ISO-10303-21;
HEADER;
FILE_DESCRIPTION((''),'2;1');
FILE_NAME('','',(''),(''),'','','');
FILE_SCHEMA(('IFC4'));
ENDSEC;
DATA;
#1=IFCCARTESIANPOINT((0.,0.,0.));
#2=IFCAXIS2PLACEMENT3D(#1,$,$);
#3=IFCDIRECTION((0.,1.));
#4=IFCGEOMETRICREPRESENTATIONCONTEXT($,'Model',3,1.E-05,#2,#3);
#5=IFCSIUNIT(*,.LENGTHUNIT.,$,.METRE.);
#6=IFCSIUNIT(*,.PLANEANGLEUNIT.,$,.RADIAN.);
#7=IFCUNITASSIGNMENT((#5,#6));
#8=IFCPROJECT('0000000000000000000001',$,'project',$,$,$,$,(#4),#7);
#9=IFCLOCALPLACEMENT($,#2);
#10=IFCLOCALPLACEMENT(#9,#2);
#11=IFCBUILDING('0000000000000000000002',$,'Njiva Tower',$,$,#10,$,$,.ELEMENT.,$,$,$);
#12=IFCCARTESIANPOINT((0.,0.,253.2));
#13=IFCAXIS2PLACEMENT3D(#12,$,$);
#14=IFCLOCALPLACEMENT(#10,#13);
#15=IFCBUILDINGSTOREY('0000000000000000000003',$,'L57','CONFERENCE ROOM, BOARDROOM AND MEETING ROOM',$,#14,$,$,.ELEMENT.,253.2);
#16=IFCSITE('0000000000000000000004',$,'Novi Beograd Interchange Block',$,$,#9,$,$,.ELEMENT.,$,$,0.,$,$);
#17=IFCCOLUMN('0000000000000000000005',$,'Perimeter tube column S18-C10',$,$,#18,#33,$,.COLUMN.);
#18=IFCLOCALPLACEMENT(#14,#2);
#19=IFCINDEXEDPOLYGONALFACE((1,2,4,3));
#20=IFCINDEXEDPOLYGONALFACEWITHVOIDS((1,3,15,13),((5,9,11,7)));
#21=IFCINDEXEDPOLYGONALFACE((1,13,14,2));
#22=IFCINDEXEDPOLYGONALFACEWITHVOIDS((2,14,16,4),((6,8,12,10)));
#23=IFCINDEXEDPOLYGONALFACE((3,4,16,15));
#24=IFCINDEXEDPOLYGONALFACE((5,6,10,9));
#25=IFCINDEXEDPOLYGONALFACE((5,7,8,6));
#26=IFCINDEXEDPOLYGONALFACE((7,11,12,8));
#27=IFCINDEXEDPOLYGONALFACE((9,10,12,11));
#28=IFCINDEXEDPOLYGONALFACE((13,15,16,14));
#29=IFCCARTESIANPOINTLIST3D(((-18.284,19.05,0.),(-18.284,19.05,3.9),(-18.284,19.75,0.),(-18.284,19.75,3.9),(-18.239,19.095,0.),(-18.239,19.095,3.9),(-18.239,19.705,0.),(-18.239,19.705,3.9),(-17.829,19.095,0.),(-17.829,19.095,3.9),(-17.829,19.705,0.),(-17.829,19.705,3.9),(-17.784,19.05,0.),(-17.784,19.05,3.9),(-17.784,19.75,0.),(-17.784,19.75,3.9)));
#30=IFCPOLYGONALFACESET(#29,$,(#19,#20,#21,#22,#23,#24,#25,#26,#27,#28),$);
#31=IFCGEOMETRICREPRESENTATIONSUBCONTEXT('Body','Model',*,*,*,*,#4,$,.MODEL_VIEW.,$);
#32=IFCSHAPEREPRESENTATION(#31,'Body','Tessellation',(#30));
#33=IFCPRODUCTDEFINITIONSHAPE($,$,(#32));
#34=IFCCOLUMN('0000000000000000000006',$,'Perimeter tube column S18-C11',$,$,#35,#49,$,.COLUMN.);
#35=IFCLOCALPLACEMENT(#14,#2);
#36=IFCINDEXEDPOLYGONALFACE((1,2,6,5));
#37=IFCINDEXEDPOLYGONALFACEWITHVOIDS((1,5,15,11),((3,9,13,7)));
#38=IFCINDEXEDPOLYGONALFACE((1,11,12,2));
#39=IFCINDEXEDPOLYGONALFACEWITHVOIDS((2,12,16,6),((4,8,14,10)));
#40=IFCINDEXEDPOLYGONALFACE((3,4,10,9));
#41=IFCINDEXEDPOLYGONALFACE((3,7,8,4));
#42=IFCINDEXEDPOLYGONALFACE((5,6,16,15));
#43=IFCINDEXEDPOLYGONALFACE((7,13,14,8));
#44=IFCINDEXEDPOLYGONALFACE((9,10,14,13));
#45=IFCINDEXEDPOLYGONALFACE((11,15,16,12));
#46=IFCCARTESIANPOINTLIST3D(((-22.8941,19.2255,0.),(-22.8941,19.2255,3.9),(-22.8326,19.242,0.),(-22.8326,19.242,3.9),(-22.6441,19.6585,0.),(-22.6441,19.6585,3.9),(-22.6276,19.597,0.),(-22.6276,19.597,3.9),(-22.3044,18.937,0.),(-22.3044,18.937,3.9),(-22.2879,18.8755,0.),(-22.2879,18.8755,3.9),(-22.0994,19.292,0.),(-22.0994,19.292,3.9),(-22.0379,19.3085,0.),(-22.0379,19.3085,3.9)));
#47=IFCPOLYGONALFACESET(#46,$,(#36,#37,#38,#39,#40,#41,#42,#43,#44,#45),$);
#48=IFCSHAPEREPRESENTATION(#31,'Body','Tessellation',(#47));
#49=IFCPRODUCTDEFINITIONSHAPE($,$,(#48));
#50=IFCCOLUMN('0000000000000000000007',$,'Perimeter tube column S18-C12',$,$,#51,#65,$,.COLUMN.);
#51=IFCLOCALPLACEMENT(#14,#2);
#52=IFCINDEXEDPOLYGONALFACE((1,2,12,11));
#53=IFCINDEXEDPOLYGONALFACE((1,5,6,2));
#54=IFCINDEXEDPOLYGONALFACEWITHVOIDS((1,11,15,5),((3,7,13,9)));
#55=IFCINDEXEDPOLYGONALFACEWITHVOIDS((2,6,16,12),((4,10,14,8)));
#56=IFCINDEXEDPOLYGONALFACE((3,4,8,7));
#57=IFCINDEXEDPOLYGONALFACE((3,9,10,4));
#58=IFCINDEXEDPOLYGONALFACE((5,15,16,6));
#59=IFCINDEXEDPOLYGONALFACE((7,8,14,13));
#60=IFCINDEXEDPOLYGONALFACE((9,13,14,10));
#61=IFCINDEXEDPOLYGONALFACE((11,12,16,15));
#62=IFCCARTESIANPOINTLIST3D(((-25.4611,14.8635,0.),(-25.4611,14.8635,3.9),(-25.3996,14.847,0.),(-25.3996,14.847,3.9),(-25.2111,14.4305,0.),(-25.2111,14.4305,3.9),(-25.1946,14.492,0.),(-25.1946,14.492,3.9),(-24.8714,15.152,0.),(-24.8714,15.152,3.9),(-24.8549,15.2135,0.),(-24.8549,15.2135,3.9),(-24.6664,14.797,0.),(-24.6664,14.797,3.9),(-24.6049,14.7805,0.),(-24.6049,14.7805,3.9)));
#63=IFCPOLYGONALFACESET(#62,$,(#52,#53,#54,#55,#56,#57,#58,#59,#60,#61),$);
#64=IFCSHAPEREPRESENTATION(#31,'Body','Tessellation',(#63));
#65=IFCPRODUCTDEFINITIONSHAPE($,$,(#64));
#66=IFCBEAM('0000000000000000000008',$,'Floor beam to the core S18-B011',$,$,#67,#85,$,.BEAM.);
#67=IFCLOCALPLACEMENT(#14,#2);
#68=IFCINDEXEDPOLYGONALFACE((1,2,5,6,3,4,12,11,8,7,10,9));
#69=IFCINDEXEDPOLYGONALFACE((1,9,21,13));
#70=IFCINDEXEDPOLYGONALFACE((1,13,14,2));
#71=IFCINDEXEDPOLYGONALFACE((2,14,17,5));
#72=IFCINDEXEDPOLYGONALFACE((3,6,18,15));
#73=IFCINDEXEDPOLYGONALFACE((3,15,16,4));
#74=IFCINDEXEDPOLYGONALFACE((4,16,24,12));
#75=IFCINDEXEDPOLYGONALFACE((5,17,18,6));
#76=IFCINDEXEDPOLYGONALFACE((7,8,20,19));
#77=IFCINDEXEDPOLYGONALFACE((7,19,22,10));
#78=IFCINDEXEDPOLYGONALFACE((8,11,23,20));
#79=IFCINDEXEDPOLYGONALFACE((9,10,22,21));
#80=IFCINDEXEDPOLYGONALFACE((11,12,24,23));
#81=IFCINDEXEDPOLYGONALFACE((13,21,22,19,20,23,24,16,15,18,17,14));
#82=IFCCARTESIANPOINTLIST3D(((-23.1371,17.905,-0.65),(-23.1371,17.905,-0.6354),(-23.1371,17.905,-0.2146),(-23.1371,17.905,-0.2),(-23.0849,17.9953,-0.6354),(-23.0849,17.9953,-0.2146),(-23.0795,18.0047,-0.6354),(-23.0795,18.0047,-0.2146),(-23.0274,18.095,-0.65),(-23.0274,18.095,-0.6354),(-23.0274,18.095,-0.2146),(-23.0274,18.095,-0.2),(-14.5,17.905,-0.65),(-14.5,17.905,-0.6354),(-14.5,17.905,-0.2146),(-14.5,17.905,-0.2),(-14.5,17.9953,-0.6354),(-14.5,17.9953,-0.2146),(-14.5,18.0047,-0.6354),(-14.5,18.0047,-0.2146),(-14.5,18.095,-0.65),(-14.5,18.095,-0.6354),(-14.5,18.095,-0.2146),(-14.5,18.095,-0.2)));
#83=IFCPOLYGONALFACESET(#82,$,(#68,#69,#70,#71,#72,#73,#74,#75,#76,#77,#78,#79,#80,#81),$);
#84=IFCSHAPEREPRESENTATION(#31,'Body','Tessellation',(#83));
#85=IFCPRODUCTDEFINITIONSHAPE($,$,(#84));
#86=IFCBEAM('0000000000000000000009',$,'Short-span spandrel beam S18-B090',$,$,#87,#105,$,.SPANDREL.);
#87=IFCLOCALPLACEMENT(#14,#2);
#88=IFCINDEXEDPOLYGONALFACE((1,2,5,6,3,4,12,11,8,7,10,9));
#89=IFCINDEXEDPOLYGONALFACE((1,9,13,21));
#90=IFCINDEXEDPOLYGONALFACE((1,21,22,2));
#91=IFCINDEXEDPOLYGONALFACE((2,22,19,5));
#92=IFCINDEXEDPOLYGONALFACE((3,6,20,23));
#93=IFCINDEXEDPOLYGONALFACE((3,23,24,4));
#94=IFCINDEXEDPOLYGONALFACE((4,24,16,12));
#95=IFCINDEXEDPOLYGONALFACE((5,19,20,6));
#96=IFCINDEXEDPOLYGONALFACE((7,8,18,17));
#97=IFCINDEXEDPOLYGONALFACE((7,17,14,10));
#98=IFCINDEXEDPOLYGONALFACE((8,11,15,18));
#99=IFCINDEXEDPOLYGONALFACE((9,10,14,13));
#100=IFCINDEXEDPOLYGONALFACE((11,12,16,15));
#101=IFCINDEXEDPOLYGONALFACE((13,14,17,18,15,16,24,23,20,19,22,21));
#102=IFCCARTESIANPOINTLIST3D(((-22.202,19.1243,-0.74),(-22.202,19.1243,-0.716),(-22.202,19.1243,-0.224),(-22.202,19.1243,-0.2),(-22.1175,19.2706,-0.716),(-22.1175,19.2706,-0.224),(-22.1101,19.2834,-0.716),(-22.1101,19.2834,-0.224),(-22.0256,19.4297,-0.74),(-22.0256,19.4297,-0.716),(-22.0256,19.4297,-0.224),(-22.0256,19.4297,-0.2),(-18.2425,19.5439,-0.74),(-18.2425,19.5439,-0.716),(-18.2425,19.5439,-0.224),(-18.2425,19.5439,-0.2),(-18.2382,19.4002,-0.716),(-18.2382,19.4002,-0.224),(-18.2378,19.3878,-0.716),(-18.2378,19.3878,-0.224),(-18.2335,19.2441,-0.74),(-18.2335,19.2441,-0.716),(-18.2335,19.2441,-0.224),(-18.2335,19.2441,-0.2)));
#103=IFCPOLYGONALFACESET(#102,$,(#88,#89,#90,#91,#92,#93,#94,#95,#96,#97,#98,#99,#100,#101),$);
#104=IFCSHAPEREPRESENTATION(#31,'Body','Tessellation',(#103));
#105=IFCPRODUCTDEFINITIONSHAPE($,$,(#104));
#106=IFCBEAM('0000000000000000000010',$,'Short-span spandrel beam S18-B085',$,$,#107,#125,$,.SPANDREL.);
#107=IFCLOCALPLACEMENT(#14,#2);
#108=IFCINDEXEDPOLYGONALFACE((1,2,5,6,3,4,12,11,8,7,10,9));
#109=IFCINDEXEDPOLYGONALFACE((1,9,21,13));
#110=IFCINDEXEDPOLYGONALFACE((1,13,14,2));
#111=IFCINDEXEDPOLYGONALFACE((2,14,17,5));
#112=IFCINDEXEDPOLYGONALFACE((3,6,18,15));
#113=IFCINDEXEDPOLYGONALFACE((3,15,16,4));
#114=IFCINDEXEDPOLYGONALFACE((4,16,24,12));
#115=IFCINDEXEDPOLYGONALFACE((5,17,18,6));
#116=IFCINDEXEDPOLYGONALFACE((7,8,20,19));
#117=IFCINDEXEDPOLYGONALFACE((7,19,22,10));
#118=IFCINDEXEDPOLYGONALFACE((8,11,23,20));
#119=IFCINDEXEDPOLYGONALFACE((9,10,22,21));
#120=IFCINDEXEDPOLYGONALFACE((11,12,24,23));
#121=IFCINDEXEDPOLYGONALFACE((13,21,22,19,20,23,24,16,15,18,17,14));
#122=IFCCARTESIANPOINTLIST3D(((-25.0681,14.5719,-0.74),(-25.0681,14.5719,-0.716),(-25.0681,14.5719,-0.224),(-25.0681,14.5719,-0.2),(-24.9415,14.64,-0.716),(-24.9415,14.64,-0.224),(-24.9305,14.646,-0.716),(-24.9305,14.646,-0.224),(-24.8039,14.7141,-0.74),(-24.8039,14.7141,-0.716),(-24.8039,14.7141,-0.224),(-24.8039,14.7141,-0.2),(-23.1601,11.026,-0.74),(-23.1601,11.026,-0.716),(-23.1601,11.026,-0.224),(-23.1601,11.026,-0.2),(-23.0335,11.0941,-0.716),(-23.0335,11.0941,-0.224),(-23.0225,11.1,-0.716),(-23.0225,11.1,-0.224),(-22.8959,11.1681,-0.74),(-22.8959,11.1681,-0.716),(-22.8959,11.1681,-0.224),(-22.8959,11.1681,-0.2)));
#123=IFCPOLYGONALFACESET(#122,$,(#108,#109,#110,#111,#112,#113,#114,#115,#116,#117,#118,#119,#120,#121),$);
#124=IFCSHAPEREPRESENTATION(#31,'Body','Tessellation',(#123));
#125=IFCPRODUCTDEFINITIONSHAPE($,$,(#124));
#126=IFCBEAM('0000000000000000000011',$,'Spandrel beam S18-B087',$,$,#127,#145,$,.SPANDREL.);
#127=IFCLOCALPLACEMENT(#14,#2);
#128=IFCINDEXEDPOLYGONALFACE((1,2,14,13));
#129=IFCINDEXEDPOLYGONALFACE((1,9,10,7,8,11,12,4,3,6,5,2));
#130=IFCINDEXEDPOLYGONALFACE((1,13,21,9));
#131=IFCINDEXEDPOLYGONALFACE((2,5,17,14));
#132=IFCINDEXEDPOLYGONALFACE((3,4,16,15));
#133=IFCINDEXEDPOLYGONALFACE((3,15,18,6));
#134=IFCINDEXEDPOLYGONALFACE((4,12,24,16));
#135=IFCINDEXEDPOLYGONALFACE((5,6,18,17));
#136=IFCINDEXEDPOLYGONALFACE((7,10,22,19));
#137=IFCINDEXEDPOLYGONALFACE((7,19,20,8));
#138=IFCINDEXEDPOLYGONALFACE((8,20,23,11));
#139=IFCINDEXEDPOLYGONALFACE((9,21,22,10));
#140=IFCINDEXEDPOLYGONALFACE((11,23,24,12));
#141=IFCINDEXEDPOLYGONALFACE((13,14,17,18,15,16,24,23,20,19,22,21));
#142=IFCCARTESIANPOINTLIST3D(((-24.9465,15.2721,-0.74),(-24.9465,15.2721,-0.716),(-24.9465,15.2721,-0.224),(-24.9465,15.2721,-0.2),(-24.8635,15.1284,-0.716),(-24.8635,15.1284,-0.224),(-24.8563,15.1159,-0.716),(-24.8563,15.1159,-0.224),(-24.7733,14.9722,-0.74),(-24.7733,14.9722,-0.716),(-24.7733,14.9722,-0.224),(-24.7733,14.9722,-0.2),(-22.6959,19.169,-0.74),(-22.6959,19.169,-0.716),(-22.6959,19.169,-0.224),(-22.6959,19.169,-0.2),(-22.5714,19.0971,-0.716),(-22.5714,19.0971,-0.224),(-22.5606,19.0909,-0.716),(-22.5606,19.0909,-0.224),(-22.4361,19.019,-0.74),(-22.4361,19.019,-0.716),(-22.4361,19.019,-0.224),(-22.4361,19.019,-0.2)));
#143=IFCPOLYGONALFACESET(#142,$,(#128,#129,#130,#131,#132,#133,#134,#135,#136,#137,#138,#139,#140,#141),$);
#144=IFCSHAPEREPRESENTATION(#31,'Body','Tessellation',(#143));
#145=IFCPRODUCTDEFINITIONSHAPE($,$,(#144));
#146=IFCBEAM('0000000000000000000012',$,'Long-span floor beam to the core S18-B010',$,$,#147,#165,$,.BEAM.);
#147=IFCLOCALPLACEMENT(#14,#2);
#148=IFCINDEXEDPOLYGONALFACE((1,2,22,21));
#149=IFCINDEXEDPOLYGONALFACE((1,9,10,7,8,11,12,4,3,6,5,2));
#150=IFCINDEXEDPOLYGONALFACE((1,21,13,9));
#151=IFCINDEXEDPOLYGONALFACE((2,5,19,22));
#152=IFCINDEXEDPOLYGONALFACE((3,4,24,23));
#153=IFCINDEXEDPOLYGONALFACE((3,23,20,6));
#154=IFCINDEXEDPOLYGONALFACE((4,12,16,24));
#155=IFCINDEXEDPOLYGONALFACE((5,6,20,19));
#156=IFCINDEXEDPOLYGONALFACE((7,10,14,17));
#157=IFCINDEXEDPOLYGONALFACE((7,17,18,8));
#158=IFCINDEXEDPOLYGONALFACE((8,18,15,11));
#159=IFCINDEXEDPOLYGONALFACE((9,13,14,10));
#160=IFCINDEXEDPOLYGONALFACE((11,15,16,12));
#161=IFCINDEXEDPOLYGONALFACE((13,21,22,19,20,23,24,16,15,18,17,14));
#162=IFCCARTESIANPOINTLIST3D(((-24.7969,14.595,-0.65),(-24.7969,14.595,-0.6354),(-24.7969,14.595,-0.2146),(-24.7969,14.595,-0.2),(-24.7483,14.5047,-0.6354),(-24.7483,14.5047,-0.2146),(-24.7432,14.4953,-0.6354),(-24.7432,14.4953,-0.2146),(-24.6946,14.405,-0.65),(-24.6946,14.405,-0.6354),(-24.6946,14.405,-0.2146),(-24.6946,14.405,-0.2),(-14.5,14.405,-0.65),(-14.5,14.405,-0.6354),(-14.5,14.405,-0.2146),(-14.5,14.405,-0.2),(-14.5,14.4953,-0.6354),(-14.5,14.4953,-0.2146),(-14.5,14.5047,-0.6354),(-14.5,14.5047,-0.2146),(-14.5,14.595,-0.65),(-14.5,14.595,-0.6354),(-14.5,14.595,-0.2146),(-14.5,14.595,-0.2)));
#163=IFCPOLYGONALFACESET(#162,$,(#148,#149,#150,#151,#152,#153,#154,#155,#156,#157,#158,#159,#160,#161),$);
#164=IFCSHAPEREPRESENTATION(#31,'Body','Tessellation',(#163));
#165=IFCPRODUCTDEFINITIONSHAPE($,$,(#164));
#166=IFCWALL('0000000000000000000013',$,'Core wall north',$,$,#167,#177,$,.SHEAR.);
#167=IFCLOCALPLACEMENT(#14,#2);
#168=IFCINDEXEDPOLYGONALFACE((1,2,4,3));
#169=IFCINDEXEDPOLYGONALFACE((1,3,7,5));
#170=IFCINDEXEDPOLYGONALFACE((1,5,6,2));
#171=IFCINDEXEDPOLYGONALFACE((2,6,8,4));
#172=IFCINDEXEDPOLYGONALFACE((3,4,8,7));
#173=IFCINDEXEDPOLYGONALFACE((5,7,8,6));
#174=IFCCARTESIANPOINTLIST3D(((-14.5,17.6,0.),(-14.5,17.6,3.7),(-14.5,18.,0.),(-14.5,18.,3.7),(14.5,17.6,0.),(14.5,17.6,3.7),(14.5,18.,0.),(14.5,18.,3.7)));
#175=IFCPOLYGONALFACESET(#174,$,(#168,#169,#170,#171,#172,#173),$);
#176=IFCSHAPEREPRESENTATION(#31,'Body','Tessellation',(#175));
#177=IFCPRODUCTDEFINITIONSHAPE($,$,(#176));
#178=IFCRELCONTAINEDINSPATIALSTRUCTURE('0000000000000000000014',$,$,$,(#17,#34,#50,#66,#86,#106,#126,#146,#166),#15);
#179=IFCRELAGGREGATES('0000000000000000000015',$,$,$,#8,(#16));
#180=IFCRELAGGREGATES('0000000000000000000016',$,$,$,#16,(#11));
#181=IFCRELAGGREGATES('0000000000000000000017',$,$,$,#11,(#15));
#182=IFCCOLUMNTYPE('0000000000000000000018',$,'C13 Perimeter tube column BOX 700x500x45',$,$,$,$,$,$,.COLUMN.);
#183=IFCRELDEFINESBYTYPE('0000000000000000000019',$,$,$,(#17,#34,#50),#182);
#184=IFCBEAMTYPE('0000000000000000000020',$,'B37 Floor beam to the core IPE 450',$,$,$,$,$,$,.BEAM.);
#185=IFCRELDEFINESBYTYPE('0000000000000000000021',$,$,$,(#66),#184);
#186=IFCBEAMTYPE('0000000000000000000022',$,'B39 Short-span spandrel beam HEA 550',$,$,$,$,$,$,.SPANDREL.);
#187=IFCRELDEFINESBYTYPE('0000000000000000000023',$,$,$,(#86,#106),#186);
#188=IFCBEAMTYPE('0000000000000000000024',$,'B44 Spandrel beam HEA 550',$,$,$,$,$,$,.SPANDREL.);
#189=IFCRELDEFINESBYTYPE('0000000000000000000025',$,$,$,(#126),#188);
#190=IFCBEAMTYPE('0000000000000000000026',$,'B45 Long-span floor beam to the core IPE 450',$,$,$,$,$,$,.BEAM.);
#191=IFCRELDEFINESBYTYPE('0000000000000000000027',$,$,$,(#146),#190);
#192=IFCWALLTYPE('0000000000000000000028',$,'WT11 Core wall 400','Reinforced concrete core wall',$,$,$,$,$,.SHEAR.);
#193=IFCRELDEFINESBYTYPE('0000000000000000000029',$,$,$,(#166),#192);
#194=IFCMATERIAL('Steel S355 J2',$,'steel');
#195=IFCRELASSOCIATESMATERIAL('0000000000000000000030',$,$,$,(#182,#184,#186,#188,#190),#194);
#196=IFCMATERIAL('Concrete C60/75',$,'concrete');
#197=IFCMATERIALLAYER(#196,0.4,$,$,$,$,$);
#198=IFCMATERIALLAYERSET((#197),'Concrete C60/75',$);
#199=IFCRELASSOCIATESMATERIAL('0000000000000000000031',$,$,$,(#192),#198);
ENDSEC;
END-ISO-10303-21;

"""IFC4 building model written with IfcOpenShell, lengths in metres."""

from ifc_helpers import new_model, si_unit, direction, frame, frame_2d, origin, origin_2d, place, context, subcontext, project, spatial, rectangle, hollow_rectangle, i_section, extrude, clip, halfspace, material, layer, layer_set, material_profile, profile_set, type_object, element, save


model = new_model("IFC4")

# Units and contexts
model_context = context("Model", 3, precision=1e-05, world=origin(), true_north=direction((0.0, 1.0)))
body_context = subcontext(model_context, "Body", "Model", "MODEL_VIEW")
ifc_project = project(units=[si_unit("LENGTHUNIT", "METRE"), si_unit("PLANEANGLEUNIT", "RADIAN")], contexts=[model_context])

# Site, building, storey
site_placement = place(None, origin())
site = spatial("IfcSite", under=ifc_project, at=site_placement, Name="Novi Beograd Interchange Block", CompositionType="ELEMENT", RefElevation=0.0)
building_placement = place(site_placement, origin())
building = spatial("IfcBuilding", under=site, at=building_placement, Name="Njiva Tower", CompositionType="ELEMENT")
storey_placement = place(building_placement, frame((0.0, 0.0, 253.2)))
storey = spatial("IfcBuildingStorey", under=building, at=storey_placement, Name="L57", Description="CONFERENCE ROOM, BOARDROOM AND MEETING ROOM", CompositionType="ELEMENT", Elevation=253.2)

# Columns
ifc_material_1 = material(Name="Steel S355 J2", Category="steel")
ifc_material_profile_1 = material_profile(ifc_material_1, hollow_rectangle(XDim=0.5, YDim=0.7, WallThickness=0.045, at=origin_2d()), Name="BOX 700x500x45")
ifc_profile_set_1 = profile_set([ifc_material_profile_1], Name="Steel S355 J2")
column_type = type_object("IfcColumnType", Name="C13 Perimeter tube column BOX 700x500x45", PredefinedType="COLUMN", material=ifc_profile_set_1)
for number, where, z_axis, x_axis, name in (
    (1, (-18.034, 19.4, 0.0), (0.0, 0.0, 1.0), (-1.0, 0.0, 0.0), "Perimeter tube column S18-C10"),
    (2, (-22.466, 19.267, 0.0), (0.0, 0.0, 1.0), (-0.5, -0.866025, 0.0), "Perimeter tube column S18-C11"),
    (3, (-25.033, 14.822, 0.0), (0.0, 0.0, 1.0), (0.5, -0.866025, 0.0), "Perimeter tube column S18-C12"),
):
    element("IfcColumn", number, at=place(storey_placement, frame(where, z_axis=z_axis, x_axis=x_axis)), inside=storey, type_object=column_type, Name=name, PredefinedType="COLUMN", context=body_context, shape_type="SweptSolid", body=[
        extrude(hollow_rectangle(XDim=0.5, YDim=0.7, WallThickness=0.045, at=origin_2d()), origin(), (0.0, 0.0, 1.0), 3.9),
    ])

# Beams
ifc_material_profile_2 = material_profile(ifc_material_1, i_section(OverallWidth=0.19, OverallDepth=0.45, WebThickness=0.0094, FlangeThickness=0.0146, at=origin_2d()), Name="IPE 450")
ifc_profile_set_2 = profile_set([ifc_material_profile_2], Name="Steel S355 J2")
beam_type_1 = type_object("IfcBeamType", Name="B37 Floor beam to the core IPE 450", PredefinedType="BEAM", material=ifc_profile_set_2)
beam_1_placement = place(storey_placement, frame((-23.157, 18.0, -0.425), z_axis=(1.0, 0.0, 0.0), x_axis=(0.0, 1.0, 0.0)))
element("IfcBeam", 4, at=beam_1_placement, inside=storey, type_object=beam_type_1, Name="Floor beam to the core S18-B011", PredefinedType="BEAM", context=body_context, shape_type="Clipping", body=[
    clip(extrude(i_section(OverallWidth=0.19, OverallDepth=0.45, WebThickness=0.0094, FlangeThickness=0.0146, at=origin_2d()), origin(), (0.0, 0.0, 1.0), 8.657), halfspace(frame((0.025, 0.0, 0.0892), z_axis=(0.499998, 0.0, -0.866027), x_axis=(0.0, -1.0, 0.0)), False)),
])
ifc_material_profile_3 = material_profile(ifc_material_1, i_section(OverallWidth=0.3, OverallDepth=0.54, WebThickness=0.0125, FlangeThickness=0.024, at=origin_2d()), Name="HEA 550")
ifc_profile_set_3 = profile_set([ifc_material_profile_3], Name="Steel S355 J2")
beam_type_2 = type_object("IfcBeamType", Name="B39 Short-span spandrel beam HEA 550", PredefinedType="SPANDREL", material=ifc_profile_set_3)
beam_2_placement = place(storey_placement, frame((-18.238, 19.394, -0.47), z_axis=(-0.999545, -0.030172, 0.0), x_axis=(0.030172, -0.999545, 0.0)))
element("IfcBeam", 5, at=beam_2_placement, inside=storey, type_object=beam_type_2, Name="Short-span spandrel beam S18-B090", PredefinedType="SPANDREL", context=body_context, shape_type="Clipping", body=[
    clip(extrude(i_section(OverallWidth=0.3, OverallDepth=0.54, WebThickness=0.0125, FlangeThickness=0.024, at=origin_2d()), origin(), (0.0, 0.0, 1.0), 3.9908), halfspace(frame((-0.0268, 0.0, 3.861), z_axis=(-0.5259, 0.0, 0.850546), x_axis=(0.0, 1.0, 0.0)), False)),
])
beam_3_placement = place(storey_placement, frame((-24.936, 14.643, -0.47), z_axis=(0.473833, -0.880615, 0.0), x_axis=(0.880615, 0.473833, 0.0)))
element("IfcBeam", 6, at=beam_3_placement, inside=storey, type_object=beam_type_2, Name="Short-span spandrel beam S18-B085", PredefinedType="SPANDREL", context=body_context, shape_type="SweptSolid", body=[
    extrude(i_section(OverallWidth=0.3, OverallDepth=0.54, WebThickness=0.0125, FlangeThickness=0.024, at=origin_2d()), origin(), (0.0, 0.0, 1.0), 4.0267),
])
ifc_material_profile_4 = material_profile(ifc_material_1, i_section(OverallWidth=0.3, OverallDepth=0.54, WebThickness=0.0125, FlangeThickness=0.024, at=origin_2d()), Name="HEA 550")
ifc_profile_set_4 = profile_set([ifc_material_profile_4], Name="Steel S355 J2")
beam_type_3 = type_object("IfcBeamType", Name="B44 Spandrel beam HEA 550", PredefinedType="SPANDREL", material=ifc_profile_set_4)
beam_4_placement = place(storey_placement, frame((-22.566, 19.094, -0.47), z_axis=(-0.500125, -0.865953, 0.0), x_axis=(0.865953, -0.500125, 0.0)))
element("IfcBeam", 7, at=beam_4_placement, inside=storey, type_object=beam_type_3, Name="Spandrel beam S18-B087", PredefinedType="SPANDREL", context=body_context, shape_type="Clipping", body=[
    clip(extrude(i_section(OverallWidth=0.3, OverallDepth=0.54, WebThickness=0.0125, FlangeThickness=0.024, at=origin_2d()), origin(), (0.0, 0.0, 1.0), 4.6939), halfspace(frame((-0.0244, 0.0, 4.5726), z_axis=(-0.499877, 0.0, 0.866096), x_axis=(0.0, 1.0, 0.0)), False)),
])
ifc_material_profile_5 = material_profile(ifc_material_1, i_section(OverallWidth=0.19, OverallDepth=0.45, WebThickness=0.0094, FlangeThickness=0.0146, at=origin_2d()), Name="IPE 450")
ifc_profile_set_5 = profile_set([ifc_material_profile_5], Name="Steel S355 J2")
beam_type_4 = type_object("IfcBeamType", Name="B45 Long-span floor beam to the core IPE 450", PredefinedType="BEAM", material=ifc_profile_set_5)
beam_5_placement = place(storey_placement, frame((-24.817, 14.5, -0.425), z_axis=(1.0, 0.0, 0.0), x_axis=(0.0, 1.0, 0.0)))
element("IfcBeam", 8, at=beam_5_placement, inside=storey, type_object=beam_type_4, Name="Long-span floor beam to the core S18-B010", PredefinedType="BEAM", context=body_context, shape_type="Clipping", body=[
    clip(extrude(i_section(OverallWidth=0.19, OverallDepth=0.45, WebThickness=0.0094, FlangeThickness=0.0146, at=origin_2d()), origin(), (0.0, 0.0, 1.0), 10.317), halfspace(frame((-0.0237, 0.0, 0.084), z_axis=(-0.473777, 0.0, -0.880645), x_axis=(0.0, -1.0, 0.0)), False)),
])

# Wall
ifc_material_2 = material(Name="Concrete C60/75", Category="concrete")
ifc_layer_1 = layer(ifc_material_2, 0.4)
ifc_layer_set_1 = layer_set([ifc_layer_1], Name="Concrete C60/75")
wall_type_1 = type_object("IfcWallType", Name="WT11 Core wall 400", Description="Reinforced concrete core wall", PredefinedType="SHEAR", material=ifc_layer_set_1)
wall_1_placement = place(storey_placement, frame((-14.5, 17.8, 0.0), z_axis=(0.0, 0.0, 1.0), x_axis=(1.0, 0.0, 0.0)))
element("IfcWall", 9, at=wall_1_placement, inside=storey, type_object=wall_type_1, Name="Core wall north", PredefinedType="SHEAR", context=body_context, shape_type="SweptSolid", body=[
    extrude(rectangle(XDim=29.0, YDim=0.4, at=frame_2d((14.5, 0.0))), origin(), (0.0, 0.0, 1.0), 3.7),
])

save(model, "model.ifc")
